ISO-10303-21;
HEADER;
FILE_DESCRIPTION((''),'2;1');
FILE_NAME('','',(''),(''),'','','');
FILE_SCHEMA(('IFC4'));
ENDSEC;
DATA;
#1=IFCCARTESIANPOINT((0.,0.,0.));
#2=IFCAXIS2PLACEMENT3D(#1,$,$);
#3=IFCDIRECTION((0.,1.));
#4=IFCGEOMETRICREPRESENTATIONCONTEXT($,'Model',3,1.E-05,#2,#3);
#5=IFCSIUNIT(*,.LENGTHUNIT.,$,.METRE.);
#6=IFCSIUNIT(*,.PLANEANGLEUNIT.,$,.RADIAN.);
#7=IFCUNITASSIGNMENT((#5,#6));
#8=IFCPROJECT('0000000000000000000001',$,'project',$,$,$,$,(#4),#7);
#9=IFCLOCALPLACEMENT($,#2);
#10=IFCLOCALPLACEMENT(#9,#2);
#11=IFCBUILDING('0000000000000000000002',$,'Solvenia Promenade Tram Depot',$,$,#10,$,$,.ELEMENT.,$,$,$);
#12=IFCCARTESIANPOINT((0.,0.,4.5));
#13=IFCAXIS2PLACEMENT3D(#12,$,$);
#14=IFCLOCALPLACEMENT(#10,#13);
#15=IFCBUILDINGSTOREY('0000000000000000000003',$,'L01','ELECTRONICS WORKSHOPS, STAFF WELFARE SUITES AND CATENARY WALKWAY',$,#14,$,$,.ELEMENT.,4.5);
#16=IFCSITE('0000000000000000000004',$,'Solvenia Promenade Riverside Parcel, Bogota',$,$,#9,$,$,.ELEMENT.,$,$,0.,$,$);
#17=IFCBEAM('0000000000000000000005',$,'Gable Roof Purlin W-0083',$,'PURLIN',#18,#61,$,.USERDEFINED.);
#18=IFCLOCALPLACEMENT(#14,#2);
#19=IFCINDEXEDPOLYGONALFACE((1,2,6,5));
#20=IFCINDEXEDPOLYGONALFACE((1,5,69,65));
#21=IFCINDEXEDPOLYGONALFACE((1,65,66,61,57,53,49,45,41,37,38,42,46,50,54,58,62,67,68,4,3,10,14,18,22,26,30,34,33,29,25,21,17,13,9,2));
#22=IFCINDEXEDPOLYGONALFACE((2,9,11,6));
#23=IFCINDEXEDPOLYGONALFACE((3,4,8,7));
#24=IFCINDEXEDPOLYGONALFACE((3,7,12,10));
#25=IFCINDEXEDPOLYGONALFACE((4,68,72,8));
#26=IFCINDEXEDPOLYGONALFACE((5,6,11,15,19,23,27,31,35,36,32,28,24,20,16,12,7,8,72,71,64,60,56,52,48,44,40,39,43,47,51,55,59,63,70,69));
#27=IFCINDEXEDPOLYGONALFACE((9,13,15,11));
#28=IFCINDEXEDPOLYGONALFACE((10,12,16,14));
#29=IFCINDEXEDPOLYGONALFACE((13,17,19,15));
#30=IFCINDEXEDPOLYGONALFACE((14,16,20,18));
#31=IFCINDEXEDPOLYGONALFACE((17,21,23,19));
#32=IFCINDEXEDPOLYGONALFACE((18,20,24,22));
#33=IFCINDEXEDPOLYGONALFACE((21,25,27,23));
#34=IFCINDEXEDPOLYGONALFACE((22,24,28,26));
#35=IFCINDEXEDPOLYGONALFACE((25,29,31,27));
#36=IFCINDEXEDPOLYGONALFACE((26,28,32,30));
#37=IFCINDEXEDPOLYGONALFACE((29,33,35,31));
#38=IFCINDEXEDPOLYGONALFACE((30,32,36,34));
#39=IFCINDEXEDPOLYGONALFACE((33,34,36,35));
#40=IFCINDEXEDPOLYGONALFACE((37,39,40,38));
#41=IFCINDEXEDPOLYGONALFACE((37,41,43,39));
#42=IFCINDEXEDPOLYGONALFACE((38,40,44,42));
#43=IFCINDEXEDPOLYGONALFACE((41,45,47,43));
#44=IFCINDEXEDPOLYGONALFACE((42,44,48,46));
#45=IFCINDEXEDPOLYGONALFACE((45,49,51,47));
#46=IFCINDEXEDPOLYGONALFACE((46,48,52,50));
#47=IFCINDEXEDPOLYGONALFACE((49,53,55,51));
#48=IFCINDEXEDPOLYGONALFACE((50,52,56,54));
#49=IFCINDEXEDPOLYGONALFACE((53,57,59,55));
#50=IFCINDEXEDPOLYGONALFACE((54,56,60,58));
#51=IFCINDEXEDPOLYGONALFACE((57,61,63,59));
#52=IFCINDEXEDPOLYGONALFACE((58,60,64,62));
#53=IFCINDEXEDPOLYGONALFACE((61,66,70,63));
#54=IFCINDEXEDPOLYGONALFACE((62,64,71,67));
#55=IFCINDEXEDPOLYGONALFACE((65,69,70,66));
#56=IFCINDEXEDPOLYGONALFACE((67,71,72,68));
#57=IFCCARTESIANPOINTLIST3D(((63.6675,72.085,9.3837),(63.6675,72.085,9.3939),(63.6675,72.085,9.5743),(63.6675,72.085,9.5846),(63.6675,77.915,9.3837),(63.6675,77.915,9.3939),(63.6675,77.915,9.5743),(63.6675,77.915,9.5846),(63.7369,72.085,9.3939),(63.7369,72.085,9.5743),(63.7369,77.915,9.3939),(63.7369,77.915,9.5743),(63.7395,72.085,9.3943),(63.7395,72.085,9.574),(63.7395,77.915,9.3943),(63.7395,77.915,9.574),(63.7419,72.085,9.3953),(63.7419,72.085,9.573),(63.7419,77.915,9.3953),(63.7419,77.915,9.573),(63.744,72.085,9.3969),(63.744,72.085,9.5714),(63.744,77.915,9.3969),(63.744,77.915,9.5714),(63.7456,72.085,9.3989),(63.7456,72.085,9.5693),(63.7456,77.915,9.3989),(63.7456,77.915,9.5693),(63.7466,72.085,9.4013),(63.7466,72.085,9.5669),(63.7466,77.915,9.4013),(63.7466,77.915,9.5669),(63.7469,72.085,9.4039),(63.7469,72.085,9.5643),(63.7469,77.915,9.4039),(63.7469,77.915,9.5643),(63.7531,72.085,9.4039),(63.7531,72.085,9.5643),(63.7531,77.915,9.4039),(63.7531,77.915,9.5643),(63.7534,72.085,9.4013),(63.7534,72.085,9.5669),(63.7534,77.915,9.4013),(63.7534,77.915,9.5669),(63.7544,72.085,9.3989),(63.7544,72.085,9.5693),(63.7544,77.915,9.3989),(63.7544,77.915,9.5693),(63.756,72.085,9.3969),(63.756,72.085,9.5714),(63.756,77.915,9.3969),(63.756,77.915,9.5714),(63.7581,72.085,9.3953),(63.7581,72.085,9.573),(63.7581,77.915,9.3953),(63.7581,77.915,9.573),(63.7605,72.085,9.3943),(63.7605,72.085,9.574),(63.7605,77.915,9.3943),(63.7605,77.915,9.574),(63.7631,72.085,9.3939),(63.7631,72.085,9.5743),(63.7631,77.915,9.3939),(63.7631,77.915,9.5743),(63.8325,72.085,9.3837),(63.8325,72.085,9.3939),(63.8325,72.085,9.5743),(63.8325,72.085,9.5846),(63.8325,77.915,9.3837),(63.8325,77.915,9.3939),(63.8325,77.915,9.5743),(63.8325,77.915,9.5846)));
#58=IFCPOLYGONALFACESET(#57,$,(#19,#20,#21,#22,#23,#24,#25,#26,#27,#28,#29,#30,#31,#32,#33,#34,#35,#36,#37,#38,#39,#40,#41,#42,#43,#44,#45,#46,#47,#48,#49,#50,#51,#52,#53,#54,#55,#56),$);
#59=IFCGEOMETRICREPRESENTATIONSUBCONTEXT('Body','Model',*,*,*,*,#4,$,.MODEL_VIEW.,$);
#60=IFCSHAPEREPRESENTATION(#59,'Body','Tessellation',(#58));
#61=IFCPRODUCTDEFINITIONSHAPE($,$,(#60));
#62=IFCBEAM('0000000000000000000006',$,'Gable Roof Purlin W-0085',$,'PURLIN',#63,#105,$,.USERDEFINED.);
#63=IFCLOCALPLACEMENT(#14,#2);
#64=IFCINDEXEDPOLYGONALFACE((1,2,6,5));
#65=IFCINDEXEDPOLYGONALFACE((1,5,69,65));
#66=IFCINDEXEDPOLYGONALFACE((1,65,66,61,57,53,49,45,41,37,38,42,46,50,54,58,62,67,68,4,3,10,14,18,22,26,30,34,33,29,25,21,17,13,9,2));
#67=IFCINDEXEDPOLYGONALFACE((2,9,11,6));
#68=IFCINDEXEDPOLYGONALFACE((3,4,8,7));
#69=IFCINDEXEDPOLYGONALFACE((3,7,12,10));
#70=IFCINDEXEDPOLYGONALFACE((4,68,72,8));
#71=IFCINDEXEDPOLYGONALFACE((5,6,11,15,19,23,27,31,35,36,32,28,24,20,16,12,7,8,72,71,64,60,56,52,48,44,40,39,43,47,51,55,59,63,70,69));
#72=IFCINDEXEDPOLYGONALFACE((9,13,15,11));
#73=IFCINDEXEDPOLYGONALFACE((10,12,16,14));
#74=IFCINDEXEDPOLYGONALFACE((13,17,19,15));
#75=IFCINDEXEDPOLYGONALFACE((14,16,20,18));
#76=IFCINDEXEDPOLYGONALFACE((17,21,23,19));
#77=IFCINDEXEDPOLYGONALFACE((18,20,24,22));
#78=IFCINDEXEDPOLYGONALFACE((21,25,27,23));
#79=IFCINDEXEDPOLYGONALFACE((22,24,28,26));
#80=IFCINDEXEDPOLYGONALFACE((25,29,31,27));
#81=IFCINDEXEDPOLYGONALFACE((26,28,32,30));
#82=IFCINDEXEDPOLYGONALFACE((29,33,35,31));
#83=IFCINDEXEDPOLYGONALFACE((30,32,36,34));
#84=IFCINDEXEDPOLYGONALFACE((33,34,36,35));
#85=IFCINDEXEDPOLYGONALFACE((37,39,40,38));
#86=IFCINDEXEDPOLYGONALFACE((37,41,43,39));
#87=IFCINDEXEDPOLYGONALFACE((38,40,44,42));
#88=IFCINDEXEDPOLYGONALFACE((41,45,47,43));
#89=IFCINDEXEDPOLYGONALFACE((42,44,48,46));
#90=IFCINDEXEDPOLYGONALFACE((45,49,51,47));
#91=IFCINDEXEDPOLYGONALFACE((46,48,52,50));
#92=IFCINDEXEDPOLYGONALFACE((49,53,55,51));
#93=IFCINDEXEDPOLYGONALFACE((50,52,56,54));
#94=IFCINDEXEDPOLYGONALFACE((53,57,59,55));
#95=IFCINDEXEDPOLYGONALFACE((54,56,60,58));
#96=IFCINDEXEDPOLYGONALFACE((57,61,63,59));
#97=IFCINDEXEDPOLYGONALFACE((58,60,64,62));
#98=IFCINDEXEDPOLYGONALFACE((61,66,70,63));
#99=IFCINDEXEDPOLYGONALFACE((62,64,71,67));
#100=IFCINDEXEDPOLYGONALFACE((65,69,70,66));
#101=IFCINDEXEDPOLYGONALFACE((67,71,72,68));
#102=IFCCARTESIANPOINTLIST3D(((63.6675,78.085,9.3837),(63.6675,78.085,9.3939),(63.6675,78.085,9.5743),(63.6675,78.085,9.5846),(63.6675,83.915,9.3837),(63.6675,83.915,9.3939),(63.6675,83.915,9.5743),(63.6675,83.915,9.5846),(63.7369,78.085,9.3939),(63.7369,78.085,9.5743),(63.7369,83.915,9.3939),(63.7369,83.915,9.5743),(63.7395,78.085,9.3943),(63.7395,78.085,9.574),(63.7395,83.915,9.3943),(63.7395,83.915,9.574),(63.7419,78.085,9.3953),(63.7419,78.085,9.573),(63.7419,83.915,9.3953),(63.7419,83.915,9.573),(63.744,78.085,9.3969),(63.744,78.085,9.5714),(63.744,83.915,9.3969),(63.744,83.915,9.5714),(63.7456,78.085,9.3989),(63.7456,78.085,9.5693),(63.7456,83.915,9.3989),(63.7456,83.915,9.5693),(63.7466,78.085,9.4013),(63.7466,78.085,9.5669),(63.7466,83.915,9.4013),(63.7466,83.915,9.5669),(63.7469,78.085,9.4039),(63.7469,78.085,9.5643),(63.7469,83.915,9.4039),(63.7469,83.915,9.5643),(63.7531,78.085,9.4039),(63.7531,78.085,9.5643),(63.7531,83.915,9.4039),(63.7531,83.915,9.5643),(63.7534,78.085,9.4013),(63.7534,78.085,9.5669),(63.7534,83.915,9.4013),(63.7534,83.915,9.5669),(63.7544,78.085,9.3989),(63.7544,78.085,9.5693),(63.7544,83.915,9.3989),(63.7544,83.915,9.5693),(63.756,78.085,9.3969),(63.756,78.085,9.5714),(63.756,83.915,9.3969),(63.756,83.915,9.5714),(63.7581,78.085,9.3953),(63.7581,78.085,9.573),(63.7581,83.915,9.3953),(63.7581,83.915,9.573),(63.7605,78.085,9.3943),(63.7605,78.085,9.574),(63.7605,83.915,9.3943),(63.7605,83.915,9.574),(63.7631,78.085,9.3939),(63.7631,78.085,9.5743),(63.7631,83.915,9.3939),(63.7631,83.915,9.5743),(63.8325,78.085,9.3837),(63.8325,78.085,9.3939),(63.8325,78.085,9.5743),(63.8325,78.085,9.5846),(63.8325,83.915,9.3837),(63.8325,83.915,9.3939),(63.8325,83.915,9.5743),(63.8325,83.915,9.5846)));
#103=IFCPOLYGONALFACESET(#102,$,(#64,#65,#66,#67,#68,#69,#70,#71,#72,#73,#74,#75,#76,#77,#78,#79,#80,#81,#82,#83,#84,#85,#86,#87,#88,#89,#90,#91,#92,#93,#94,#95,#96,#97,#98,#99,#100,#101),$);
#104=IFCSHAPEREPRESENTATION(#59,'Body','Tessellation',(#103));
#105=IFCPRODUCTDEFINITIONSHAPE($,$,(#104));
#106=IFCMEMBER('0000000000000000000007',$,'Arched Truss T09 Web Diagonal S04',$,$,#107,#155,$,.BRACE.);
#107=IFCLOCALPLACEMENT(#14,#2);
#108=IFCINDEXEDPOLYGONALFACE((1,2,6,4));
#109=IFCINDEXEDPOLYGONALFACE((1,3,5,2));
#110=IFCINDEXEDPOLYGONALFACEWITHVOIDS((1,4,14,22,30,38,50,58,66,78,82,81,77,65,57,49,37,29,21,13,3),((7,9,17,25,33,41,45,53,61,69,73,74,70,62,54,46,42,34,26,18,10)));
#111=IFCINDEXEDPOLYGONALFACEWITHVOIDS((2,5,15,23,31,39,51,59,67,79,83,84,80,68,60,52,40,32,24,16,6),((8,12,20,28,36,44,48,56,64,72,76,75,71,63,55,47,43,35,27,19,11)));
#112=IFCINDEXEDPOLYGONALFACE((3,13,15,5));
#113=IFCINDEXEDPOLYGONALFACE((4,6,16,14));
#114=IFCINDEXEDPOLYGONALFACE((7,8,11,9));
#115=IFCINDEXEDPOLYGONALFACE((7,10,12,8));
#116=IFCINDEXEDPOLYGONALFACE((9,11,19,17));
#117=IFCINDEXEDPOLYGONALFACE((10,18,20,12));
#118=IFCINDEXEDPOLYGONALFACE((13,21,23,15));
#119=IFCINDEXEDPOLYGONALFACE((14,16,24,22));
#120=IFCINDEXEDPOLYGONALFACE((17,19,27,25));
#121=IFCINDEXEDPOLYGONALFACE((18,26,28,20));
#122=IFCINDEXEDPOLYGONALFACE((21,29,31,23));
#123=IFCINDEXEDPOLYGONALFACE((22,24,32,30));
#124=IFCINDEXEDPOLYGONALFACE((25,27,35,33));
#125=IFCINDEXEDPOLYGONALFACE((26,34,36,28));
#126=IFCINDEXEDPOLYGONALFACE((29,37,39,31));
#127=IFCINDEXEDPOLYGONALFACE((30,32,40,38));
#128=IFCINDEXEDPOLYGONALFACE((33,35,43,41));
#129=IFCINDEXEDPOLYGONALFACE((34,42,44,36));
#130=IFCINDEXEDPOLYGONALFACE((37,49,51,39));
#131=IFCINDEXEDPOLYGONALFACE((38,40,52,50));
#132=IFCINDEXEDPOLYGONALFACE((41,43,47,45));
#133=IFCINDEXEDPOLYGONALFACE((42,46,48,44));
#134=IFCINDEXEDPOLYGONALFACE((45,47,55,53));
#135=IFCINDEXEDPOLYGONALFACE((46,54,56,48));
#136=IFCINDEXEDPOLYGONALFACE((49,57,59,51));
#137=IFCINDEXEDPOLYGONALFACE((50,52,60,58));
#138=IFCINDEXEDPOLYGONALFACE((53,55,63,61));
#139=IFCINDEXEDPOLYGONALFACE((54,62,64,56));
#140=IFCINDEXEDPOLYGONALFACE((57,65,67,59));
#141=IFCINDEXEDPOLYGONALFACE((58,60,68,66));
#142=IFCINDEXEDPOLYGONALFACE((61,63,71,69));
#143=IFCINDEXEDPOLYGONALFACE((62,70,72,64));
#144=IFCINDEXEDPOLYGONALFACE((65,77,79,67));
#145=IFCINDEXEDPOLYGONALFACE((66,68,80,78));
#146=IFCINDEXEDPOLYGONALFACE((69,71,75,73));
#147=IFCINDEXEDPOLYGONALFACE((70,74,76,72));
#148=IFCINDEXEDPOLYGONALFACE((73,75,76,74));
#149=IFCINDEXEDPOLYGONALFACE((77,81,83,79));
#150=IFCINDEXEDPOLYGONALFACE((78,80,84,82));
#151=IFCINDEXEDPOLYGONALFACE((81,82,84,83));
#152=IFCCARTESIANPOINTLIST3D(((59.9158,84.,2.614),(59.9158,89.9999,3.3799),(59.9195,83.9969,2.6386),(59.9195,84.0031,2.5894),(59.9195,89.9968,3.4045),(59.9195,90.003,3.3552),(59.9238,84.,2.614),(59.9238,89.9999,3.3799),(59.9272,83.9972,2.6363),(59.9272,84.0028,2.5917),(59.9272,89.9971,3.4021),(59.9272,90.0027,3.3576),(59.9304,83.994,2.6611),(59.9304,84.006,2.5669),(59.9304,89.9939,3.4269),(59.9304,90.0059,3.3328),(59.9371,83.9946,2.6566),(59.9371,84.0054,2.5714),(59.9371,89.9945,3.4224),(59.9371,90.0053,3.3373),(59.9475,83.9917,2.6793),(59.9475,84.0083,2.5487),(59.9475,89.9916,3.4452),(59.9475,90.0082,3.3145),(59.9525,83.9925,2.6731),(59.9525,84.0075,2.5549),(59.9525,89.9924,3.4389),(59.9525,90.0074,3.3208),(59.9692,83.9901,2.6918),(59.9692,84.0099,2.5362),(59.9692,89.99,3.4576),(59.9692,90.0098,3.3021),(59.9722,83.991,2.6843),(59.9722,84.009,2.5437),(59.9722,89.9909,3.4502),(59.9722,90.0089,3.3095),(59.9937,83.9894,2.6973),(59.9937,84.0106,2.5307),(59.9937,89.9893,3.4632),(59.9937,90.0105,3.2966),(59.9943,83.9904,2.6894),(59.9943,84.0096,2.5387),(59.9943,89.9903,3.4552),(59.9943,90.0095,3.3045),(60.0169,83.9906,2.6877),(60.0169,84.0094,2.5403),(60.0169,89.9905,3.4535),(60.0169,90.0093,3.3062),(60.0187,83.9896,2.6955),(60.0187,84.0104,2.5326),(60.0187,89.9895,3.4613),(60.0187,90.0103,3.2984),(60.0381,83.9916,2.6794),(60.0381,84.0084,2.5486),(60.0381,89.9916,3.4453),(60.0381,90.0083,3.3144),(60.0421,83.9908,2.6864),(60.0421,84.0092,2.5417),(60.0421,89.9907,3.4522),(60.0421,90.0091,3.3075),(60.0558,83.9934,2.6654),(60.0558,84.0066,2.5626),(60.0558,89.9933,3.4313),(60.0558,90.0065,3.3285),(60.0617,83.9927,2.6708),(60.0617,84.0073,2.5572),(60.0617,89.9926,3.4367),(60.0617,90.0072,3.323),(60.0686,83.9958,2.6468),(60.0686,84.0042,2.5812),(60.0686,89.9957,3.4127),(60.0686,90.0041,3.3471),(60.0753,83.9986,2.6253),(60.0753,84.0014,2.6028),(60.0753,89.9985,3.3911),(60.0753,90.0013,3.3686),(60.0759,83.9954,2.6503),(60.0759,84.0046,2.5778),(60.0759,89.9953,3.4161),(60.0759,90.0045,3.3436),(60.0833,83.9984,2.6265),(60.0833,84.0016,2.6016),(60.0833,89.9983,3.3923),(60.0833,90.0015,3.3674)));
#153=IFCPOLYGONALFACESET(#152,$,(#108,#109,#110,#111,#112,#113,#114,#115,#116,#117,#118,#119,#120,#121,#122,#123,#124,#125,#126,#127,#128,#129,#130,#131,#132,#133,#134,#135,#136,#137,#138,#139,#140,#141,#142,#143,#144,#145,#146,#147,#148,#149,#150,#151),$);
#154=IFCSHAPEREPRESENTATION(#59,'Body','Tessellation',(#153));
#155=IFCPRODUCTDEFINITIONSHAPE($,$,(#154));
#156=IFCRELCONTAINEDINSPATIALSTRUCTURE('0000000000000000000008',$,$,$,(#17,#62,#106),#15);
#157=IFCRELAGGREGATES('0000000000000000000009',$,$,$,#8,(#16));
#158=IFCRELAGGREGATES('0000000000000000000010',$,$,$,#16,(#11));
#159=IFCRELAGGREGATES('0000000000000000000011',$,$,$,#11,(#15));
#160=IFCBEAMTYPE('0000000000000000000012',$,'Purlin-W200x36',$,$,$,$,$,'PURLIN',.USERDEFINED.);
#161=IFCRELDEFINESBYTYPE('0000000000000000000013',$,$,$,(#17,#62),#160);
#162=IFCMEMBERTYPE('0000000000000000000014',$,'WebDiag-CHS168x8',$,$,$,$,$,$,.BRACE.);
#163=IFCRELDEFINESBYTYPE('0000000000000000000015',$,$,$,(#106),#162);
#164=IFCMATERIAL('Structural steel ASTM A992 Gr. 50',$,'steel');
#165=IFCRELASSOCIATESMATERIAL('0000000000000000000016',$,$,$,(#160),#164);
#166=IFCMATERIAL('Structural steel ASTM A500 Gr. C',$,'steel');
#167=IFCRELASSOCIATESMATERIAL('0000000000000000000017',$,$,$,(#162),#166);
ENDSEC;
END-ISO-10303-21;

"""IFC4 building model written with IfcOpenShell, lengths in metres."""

from ifc_helpers import new_model, si_unit, direction, frame, origin, origin_2d, place, context, subcontext, project, spatial, hollow_circle, i_section, extrude, material, material_profile, profile_set, type_object, element, save


model = new_model("IFC4")

# Units and contexts
model_context = context("Model", 3, precision=1e-05, world=origin(), true_north=direction((0.0, 1.0)))
body_context = subcontext(model_context, "Body", "Model", "MODEL_VIEW")
ifc_project = project(units=[si_unit("LENGTHUNIT", "METRE"), si_unit("PLANEANGLEUNIT", "RADIAN")], contexts=[model_context])

# Site, building, storey
site_placement = place(None, origin())
site = spatial("IfcSite", under=ifc_project, at=site_placement, Name="Solvenia Promenade Riverside Parcel, Bogota", CompositionType="ELEMENT", RefElevation=0.0)
building_placement = place(site_placement, origin())
building = spatial("IfcBuilding", under=site, at=building_placement, Name="Solvenia Promenade Tram Depot", CompositionType="ELEMENT")
storey_placement = place(building_placement, frame((0.0, 0.0, 4.5)))
storey = spatial("IfcBuildingStorey", under=building, at=storey_placement, Name="L01", Description="ELECTRONICS WORKSHOPS, STAFF WELFARE SUITES AND CATENARY WALKWAY", CompositionType="ELEMENT", Elevation=4.5)

# Shared definitions
ifc_material_1 = material(Name="Structural steel ASTM A500 Gr. C", Category="steel")

# Beams
ifc_material_2 = material(Name="Structural steel ASTM A992 Gr. 50", Category="steel")
ifc_material_profile_1 = material_profile(ifc_material_2, i_section(OverallWidth=0.165, OverallDepth=0.2009, WebThickness=0.0061, FlangeThickness=0.0103, FilletRadius=0.01, at=origin_2d()), Name="W200x36", Category="steel")
ifc_profile_set_1 = profile_set([ifc_material_profile_1], Name="Structural steel ASTM A992 Gr. 50")
beam_type_1 = type_object("IfcBeamType", Name="Purlin-W200x36", ElementType="PURLIN", PredefinedType="USERDEFINED", material=ifc_profile_set_1)
for number, where, z_axis, x_axis, name in (
    (1, (63.75, 72.085, 9.4841), (0.0, 1.0, 0.0), (-1.0, 0.0, 0.0), "Gable Roof Purlin W-0083"),
    (2, (63.75, 78.085, 9.4841), (0.0, 1.0, 0.0), (-1.0, 0.0, 0.0), "Gable Roof Purlin W-0085"),
):
    element("IfcBeam", number, at=place(storey_placement, frame(where, z_axis=z_axis, x_axis=x_axis)), inside=storey, type_object=beam_type_1, Name=name, ObjectType="PURLIN", PredefinedType="USERDEFINED", context=body_context, shape_type="SweptSolid", body=[
        extrude(i_section(OverallWidth=0.165, OverallDepth=0.2009, WebThickness=0.0061, FlangeThickness=0.0103, FilletRadius=0.01, at=origin_2d()), origin(), (0.0, 0.0, 1.0), 5.8301),
    ])

# Member
ifc_material_profile_2 = material_profile(ifc_material_1, hollow_circle(Radius=0.0842, WallThickness=0.0081, at=origin_2d()), Name="CHS168.3x8", Category="steel")
ifc_profile_set_2 = profile_set([ifc_material_profile_2], Name="Structural steel ASTM A500 Gr. C")
member_type_1 = type_object("IfcMemberType", Name="WebDiag-CHS168x8", PredefinedType="BRACE", material=ifc_profile_set_2)
member_1_placement = place(storey_placement, frame((60.0, 84.0, 2.614), z_axis=(0.0, 0.991952, 0.126618), x_axis=(-1.0, 0.0, 0.0)))
element("IfcMember", 3, at=member_1_placement, inside=storey, type_object=member_type_1, Name="Arched Truss T09 Web Diagonal S04", PredefinedType="BRACE", context=body_context, shape_type="SweptSolid", body=[
    extrude(hollow_circle(Radius=0.0842, WallThickness=0.0081, at=origin_2d()), origin(), (0.0, 0.0, 1.0), 6.0486),
])

save(model, "model.ifc")
